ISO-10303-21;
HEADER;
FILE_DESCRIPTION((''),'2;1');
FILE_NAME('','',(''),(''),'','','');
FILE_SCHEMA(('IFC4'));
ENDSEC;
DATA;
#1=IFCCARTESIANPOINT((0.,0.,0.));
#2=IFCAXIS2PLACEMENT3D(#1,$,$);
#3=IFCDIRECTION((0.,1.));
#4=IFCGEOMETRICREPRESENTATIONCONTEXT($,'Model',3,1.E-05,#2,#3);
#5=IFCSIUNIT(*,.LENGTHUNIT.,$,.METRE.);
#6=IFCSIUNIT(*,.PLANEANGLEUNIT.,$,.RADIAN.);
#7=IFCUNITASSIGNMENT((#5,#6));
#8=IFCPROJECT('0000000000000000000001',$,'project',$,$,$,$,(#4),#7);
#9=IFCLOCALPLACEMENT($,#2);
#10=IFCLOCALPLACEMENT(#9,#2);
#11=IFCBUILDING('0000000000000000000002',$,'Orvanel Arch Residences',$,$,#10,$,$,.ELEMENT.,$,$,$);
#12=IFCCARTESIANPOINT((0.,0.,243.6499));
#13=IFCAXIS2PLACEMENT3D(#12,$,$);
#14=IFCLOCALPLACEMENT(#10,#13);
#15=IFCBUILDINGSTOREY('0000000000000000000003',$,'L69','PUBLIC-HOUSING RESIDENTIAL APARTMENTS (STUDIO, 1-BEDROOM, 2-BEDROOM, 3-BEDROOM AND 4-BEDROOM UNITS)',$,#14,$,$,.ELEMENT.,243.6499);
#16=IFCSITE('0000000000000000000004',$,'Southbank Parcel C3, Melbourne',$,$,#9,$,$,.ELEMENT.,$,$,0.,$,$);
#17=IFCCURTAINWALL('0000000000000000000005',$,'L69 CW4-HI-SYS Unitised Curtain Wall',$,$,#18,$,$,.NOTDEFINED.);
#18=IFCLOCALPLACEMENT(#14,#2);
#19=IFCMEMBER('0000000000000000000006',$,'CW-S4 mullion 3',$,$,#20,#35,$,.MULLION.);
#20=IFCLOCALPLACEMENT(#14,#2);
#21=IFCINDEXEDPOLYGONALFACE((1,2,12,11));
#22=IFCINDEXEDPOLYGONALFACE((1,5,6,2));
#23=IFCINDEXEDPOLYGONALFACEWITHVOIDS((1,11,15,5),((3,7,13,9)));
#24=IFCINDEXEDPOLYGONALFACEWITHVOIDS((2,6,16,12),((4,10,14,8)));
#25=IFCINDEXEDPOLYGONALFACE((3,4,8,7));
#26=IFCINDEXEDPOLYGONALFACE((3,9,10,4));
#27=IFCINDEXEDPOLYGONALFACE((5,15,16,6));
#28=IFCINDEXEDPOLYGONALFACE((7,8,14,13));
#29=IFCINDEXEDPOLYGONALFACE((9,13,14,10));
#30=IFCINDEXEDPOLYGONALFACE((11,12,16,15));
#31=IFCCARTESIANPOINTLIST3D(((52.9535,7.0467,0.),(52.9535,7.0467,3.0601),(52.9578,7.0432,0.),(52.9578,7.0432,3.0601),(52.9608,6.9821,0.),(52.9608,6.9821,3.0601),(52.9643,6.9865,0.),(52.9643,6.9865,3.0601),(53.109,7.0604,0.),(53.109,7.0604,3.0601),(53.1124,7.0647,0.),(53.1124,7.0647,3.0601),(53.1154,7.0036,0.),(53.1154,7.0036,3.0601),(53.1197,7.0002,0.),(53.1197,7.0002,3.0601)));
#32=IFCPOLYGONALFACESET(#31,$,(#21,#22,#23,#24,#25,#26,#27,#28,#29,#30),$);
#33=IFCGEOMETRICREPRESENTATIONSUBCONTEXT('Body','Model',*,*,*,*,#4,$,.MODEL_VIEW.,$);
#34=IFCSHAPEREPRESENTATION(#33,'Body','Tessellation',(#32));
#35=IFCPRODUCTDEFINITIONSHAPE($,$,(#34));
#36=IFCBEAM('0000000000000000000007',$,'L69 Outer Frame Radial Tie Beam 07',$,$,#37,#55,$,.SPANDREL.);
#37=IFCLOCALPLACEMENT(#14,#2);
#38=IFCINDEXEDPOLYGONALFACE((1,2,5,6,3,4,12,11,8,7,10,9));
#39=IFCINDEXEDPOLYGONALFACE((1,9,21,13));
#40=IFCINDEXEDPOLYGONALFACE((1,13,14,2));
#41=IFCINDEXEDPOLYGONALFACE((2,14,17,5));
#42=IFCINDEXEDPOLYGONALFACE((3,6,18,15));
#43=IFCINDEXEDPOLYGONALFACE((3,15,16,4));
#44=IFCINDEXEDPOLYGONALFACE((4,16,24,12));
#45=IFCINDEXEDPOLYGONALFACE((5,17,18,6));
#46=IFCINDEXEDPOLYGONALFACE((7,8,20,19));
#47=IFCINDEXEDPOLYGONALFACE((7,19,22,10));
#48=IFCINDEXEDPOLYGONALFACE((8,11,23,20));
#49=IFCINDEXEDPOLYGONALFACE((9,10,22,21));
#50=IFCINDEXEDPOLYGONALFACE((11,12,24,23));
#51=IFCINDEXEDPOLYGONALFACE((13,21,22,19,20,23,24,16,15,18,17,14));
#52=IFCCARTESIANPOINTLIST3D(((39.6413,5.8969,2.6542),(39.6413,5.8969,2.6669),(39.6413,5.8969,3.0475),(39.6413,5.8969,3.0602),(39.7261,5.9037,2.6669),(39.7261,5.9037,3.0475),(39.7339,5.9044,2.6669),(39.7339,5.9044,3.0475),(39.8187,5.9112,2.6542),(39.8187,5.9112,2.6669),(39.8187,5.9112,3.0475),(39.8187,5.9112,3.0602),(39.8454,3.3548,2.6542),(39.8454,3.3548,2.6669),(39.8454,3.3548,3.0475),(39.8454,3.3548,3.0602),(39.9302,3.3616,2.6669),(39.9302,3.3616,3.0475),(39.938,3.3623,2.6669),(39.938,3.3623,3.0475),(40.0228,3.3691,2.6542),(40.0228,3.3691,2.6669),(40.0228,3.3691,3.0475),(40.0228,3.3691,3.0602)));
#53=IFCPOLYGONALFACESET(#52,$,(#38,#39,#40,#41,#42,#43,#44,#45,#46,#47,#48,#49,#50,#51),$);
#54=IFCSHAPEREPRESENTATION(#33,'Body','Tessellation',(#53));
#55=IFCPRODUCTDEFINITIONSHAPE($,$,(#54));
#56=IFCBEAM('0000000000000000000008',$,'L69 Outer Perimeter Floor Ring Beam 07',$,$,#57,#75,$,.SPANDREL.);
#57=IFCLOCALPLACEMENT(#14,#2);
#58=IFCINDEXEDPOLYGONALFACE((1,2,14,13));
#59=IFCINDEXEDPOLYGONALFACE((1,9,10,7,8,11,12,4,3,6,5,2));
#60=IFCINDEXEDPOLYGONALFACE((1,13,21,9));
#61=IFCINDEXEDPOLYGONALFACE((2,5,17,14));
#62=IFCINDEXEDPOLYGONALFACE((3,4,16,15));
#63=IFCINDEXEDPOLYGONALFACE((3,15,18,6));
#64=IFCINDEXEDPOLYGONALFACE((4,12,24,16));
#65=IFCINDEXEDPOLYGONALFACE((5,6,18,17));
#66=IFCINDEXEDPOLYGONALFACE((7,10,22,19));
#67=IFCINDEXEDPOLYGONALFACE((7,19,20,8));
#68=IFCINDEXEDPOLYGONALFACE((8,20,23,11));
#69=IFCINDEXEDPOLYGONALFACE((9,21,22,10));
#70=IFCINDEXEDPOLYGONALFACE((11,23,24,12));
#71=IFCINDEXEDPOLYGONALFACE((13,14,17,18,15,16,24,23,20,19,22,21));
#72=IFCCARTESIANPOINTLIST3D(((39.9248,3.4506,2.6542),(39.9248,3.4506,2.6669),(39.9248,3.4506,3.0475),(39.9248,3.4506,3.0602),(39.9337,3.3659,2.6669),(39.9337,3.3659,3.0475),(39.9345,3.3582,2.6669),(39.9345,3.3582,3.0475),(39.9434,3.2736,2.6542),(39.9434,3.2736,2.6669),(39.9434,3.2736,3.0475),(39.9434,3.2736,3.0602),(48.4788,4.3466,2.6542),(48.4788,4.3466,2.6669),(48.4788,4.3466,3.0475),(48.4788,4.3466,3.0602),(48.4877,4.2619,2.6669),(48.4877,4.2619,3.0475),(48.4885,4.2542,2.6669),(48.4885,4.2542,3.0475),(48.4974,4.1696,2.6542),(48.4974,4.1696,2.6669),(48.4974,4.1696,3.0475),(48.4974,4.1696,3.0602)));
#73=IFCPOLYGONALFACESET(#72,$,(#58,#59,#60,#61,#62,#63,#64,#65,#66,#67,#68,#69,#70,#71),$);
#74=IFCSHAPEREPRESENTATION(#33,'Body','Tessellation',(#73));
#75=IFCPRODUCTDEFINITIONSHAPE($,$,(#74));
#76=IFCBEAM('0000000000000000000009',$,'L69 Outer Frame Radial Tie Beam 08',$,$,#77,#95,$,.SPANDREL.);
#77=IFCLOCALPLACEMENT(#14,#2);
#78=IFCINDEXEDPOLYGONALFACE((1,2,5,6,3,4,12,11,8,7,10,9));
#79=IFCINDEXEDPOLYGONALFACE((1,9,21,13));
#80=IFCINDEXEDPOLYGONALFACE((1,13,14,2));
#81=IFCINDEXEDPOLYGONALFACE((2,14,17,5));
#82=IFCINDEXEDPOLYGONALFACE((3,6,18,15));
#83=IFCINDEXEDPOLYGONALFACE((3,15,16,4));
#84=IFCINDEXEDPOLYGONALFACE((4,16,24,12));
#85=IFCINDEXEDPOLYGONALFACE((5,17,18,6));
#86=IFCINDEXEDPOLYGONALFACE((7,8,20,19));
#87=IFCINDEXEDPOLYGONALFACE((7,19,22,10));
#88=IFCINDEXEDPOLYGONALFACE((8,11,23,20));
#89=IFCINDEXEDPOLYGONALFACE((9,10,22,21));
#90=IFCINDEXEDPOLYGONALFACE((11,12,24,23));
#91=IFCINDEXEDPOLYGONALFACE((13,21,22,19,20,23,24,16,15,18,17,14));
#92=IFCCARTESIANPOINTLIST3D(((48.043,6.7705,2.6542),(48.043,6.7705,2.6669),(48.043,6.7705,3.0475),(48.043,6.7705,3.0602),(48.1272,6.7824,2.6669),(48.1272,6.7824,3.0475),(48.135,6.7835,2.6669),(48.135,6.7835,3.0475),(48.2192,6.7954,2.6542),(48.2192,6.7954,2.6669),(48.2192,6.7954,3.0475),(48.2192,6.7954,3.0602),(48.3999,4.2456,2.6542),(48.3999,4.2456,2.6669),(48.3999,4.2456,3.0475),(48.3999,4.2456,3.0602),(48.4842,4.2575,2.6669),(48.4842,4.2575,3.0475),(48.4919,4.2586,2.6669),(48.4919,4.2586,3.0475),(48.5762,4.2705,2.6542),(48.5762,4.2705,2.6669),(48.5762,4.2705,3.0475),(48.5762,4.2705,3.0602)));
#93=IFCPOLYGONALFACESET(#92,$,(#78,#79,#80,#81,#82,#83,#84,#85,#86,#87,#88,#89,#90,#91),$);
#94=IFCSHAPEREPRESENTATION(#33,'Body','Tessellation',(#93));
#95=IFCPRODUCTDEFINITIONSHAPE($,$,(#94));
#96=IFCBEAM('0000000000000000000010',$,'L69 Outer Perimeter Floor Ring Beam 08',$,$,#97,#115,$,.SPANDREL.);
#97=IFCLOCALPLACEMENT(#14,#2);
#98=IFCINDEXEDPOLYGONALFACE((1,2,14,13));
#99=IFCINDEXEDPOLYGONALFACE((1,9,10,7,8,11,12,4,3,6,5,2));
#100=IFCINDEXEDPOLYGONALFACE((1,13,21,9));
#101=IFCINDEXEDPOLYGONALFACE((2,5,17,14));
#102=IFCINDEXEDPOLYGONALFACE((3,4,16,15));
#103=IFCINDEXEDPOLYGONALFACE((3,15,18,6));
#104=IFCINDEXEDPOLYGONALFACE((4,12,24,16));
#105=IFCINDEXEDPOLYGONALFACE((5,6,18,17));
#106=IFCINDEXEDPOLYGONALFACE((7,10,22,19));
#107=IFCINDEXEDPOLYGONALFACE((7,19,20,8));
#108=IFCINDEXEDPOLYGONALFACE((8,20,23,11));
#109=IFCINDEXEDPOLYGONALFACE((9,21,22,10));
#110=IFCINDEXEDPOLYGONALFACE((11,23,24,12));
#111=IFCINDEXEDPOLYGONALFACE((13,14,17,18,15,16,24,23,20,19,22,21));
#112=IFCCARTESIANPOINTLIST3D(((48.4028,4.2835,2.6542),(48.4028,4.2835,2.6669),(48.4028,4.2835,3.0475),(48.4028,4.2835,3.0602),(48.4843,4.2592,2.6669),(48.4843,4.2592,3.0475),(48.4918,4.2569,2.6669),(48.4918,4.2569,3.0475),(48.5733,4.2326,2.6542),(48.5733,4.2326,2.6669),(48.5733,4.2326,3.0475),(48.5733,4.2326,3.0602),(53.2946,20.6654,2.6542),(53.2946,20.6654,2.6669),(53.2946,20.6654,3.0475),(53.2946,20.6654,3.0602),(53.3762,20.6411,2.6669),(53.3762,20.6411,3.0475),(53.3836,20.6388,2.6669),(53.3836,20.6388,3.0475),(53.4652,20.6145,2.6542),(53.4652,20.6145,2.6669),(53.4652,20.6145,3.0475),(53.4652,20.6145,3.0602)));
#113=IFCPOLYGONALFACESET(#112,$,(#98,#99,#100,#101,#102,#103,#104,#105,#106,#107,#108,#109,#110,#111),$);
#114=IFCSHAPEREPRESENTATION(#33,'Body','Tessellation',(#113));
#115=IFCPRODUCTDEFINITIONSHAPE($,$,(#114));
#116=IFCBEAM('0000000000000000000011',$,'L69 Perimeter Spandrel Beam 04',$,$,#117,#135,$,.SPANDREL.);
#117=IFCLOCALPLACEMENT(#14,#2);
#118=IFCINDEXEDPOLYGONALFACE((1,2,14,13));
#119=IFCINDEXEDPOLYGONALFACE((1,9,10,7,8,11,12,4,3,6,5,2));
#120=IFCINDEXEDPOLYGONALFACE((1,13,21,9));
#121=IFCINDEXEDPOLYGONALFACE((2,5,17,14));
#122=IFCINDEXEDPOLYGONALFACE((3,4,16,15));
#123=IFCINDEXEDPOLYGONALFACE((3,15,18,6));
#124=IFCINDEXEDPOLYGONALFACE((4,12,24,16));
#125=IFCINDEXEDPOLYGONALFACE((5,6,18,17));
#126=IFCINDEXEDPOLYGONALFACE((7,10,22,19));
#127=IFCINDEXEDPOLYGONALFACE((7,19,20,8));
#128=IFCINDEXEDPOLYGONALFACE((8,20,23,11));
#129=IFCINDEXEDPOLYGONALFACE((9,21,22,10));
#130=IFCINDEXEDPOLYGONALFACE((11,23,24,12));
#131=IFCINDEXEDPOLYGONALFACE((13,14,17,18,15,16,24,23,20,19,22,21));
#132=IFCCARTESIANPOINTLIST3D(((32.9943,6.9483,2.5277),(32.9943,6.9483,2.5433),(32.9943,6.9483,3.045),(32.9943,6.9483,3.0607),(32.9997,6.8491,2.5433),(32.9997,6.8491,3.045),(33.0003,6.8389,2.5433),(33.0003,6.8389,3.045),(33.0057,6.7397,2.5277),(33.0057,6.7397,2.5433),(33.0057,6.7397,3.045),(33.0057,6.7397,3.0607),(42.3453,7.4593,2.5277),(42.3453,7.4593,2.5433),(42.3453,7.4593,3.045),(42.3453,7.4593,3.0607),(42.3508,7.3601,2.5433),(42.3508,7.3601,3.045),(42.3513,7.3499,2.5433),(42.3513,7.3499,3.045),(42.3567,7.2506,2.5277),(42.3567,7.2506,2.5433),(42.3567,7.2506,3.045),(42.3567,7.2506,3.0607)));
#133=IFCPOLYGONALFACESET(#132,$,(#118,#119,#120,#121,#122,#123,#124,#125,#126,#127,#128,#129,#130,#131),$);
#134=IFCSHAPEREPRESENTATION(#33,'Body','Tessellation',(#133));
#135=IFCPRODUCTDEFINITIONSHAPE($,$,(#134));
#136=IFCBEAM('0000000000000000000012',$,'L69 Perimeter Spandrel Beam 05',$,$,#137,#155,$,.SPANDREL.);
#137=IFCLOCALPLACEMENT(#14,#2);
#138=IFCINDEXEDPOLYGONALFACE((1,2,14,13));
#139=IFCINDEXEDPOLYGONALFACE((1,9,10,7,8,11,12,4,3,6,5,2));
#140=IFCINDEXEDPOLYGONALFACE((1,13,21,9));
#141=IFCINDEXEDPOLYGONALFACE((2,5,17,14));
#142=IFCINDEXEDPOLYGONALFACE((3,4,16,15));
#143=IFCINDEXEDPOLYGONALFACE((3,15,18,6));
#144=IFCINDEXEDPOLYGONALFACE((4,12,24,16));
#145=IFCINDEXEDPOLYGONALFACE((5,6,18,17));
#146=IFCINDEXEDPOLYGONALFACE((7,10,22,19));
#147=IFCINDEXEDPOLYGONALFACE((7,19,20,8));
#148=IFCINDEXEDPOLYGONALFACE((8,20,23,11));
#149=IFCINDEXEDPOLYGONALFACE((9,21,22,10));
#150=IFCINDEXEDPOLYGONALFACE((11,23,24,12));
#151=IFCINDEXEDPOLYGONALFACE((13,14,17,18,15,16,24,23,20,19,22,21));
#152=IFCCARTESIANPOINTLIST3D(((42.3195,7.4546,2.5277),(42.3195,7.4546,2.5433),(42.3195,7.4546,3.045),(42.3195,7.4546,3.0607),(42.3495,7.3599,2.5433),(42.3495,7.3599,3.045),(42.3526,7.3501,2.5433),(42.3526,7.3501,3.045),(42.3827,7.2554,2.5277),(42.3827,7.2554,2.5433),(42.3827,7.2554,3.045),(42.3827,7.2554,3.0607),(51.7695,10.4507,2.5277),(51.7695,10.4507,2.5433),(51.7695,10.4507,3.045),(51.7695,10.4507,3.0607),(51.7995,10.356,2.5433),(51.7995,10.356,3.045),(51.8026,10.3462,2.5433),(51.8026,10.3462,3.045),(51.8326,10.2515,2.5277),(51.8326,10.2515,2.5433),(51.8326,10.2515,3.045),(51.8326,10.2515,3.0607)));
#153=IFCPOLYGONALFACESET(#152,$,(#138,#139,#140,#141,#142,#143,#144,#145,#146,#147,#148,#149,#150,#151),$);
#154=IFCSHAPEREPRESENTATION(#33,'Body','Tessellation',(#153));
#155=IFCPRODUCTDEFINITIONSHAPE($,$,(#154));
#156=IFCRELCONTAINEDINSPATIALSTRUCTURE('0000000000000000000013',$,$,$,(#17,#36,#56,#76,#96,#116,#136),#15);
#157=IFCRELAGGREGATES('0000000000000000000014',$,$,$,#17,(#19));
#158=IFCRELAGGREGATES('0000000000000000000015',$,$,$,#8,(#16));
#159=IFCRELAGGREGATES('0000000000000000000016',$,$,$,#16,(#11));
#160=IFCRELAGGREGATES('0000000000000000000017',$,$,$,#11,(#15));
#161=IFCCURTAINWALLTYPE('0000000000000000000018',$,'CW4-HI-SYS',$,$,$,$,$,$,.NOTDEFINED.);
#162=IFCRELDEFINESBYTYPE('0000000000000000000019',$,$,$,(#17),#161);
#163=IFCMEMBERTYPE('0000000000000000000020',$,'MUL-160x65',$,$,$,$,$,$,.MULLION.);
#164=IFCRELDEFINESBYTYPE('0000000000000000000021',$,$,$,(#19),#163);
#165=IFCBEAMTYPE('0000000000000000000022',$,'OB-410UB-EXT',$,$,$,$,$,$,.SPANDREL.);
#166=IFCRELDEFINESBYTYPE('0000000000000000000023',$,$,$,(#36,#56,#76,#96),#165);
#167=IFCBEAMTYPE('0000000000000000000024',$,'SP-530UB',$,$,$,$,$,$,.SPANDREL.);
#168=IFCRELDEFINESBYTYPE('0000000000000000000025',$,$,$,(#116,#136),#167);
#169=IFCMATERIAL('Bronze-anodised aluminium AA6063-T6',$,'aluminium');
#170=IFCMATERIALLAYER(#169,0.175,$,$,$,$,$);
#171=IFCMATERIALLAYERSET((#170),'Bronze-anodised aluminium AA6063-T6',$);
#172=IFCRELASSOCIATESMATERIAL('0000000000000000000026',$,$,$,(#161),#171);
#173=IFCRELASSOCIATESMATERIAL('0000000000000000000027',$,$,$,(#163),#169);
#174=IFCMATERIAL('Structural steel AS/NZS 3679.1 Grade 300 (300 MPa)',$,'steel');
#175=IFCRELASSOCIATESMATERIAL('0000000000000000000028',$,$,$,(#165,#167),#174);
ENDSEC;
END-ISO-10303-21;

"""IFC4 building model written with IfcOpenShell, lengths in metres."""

from ifc_helpers import new_model, si_unit, direction, frame, origin, origin_2d, place, context, subcontext, project, spatial, hollow_rectangle, i_section, extrude, material, layer, layer_set, material_profile, profile_set, type_object, element, aggregate, save


model = new_model("IFC4")

# Units and contexts
model_context = context("Model", 3, precision=1e-05, world=origin(), true_north=direction((0.0, 1.0)))
body_context = subcontext(model_context, "Body", "Model", "MODEL_VIEW")
ifc_project = project(units=[si_unit("LENGTHUNIT", "METRE"), si_unit("PLANEANGLEUNIT", "RADIAN")], contexts=[model_context])

# Site, building, storey
site_placement = place(None, origin())
site = spatial("IfcSite", under=ifc_project, at=site_placement, Name="Southbank Parcel C3, Melbourne", CompositionType="ELEMENT", RefElevation=0.0)
building_placement = place(site_placement, origin())
building = spatial("IfcBuilding", under=site, at=building_placement, Name="Orvanel Arch Residences", CompositionType="ELEMENT")
storey_placement = place(building_placement, frame((0.0, 0.0, 243.6499)))
storey = spatial("IfcBuildingStorey", under=building, at=storey_placement, Name="L69", Description="PUBLIC-HOUSING RESIDENTIAL APARTMENTS (STUDIO, 1-BEDROOM, 2-BEDROOM, 3-BEDROOM AND 4-BEDROOM UNITS)", CompositionType="ELEMENT", Elevation=243.6499)

# Shared definitions
ifc_material_1 = material(Name="Bronze-anodised aluminium AA6063-T6", Category="aluminium")

# Curtain wall, member
ifc_layer_1 = layer(ifc_material_1, 0.175)
ifc_layer_set_1 = layer_set([ifc_layer_1], Name="Bronze-anodised aluminium AA6063-T6")
curtain_wall_type_1 = type_object("IfcCurtainWallType", Name="CW4-HI-SYS", PredefinedType="NOTDEFINED", material=ifc_layer_set_1)
curtain_wall_1_placement = place(storey_placement, origin())
curtain_wall_1 = element("IfcCurtainWall", 1, at=curtain_wall_1_placement, inside=storey, type_object=curtain_wall_type_1, Name="L69 CW4-HI-SYS Unitised Curtain Wall", PredefinedType="NOTDEFINED")
ifc_material_profile_1 = material_profile(ifc_material_1, hollow_rectangle(XDim=0.0649, YDim=0.1599, WallThickness=0.0039, at=origin_2d()), Name="ALU160x65x4")
ifc_profile_set_1 = profile_set([ifc_material_profile_1], Name="Bronze-anodised aluminium AA6063-T6")
member_type_1 = type_object("IfcMemberType", Name="MUL-160x65", PredefinedType="MULLION", material=ifc_profile_set_1)
member_1_placement = place(storey_placement, frame((53.0366, 7.0234, 0.0), z_axis=(0.0, 0.0, 1.0), x_axis=(-0.113, 0.993595, 0.0)))
member_1 = element("IfcMember", 2, at=member_1_placement, type_object=member_type_1, Name="CW-S4 mullion 3", PredefinedType="MULLION", context=body_context, shape_type="SweptSolid", body=[
    extrude(hollow_rectangle(XDim=0.0649, YDim=0.1599, WallThickness=0.0039, at=origin_2d()), origin(), (0.0, 0.0, 1.0), 3.0601),
])

# Beams
ifc_material_2 = material(Name="Structural steel AS/NZS 3679.1 Grade 300 (300 MPa)", Category="steel")
ifc_material_profile_2 = material_profile(ifc_material_2, i_section(OverallWidth=0.178, OverallDepth=0.406, WebThickness=0.0078, FlangeThickness=0.0127, at=origin_2d()), Name="410UB59.7")
ifc_profile_set_2 = profile_set([ifc_material_profile_2], Name="Structural steel AS/NZS 3679.1 Grade 300 (300 MPa)")
beam_type_1 = type_object("IfcBeamType", Name="OB-410UB-EXT", PredefinedType="SPANDREL", material=ifc_profile_set_2)
beam_1_placement = place(storey_placement, frame((39.73, 5.9041, 2.8572), z_axis=(0.080034, -0.996792, 0.0), x_axis=(0.996792, 0.080034, 0.0)))
element("IfcBeam", 3, at=beam_1_placement, inside=storey, type_object=beam_type_1, Name="L69 Outer Frame Radial Tie Beam 07", PredefinedType="SPANDREL", context=body_context, shape_type="SweptSolid", body=[
    extrude(i_section(OverallWidth=0.178, OverallDepth=0.406, WebThickness=0.0078, FlangeThickness=0.0127, at=origin_2d()), origin(), (0.0, 0.0, 1.0), 2.5503),
])
beam_2_placement = place(storey_placement, frame((39.9341, 3.3621, 2.8572), z_axis=(0.994559, 0.104176, 0.0), x_axis=(-0.104176, 0.994559, 0.0)))
element("IfcBeam", 4, at=beam_2_placement, inside=storey, type_object=beam_type_1, Name="L69 Outer Perimeter Floor Ring Beam 07", PredefinedType="SPANDREL", context=body_context, shape_type="SweptSolid", body=[
    extrude(i_section(OverallWidth=0.178, OverallDepth=0.406, WebThickness=0.0078, FlangeThickness=0.0127, at=origin_2d()), origin(), (0.0, 0.0, 1.0), 8.6008),
])
beam_3_placement = place(storey_placement, frame((48.1311, 6.783, 2.8572), z_axis=(0.139974, -0.990155, 0.0), x_axis=(0.990155, 0.139974, 0.0)))
element("IfcBeam", 5, at=beam_3_placement, inside=storey, type_object=beam_type_1, Name="L69 Outer Frame Radial Tie Beam 08", PredefinedType="SPANDREL", context=body_context, shape_type="SweptSolid", body=[
    extrude(i_section(OverallWidth=0.178, OverallDepth=0.406, WebThickness=0.0078, FlangeThickness=0.0127, at=origin_2d()), origin(), (0.0, 0.0, 1.0), 2.55),
])
beam_4_placement = place(storey_placement, frame((48.488, 4.2581, 2.8572), z_axis=(0.286129, 0.958191, 0.0), x_axis=(-0.958191, 0.286129, 0.0)))
element("IfcBeam", 6, at=beam_4_placement, inside=storey, type_object=beam_type_1, Name="L69 Outer Perimeter Floor Ring Beam 08", PredefinedType="SPANDREL", context=body_context, shape_type="SweptSolid", body=[
    extrude(i_section(OverallWidth=0.178, OverallDepth=0.406, WebThickness=0.0078, FlangeThickness=0.0127, at=origin_2d()), origin(), (0.0, 0.0, 1.0), 17.0967),
])
ifc_material_profile_3 = material_profile(ifc_material_2, i_section(OverallWidth=0.209, OverallDepth=0.533, WebThickness=0.0103, FlangeThickness=0.0156, at=origin_2d()), Name="530UB92.4")
ifc_profile_set_3 = profile_set([ifc_material_profile_3], Name="Structural steel AS/NZS 3679.1 Grade 300 (300 MPa)")
beam_type_2 = type_object("IfcBeamType", Name="SP-530UB", PredefinedType="SPANDREL", material=ifc_profile_set_3)
beam_5_placement = place(storey_placement, frame((33.0, 6.844, 2.7942), z_axis=(0.99851, 0.054563, 0.0), x_axis=(-0.054563, 0.99851, 0.0)))
element("IfcBeam", 7, at=beam_5_placement, inside=storey, type_object=beam_type_2, Name="L69 Perimeter Spandrel Beam 04", PredefinedType="SPANDREL", context=body_context, shape_type="SweptSolid", body=[
    extrude(i_section(OverallWidth=0.209, OverallDepth=0.533, WebThickness=0.0103, FlangeThickness=0.0156, at=origin_2d()), origin(), (0.0, 0.0, 1.0), 9.365),
])
beam_6_placement = place(storey_placement, frame((42.3511, 7.355, 2.7942), z_axis=(0.953237, 0.302223, 0.0), x_axis=(-0.302223, 0.953237, 0.0)))
element("IfcBeam", 8, at=beam_6_placement, inside=storey, type_object=beam_type_2, Name="L69 Perimeter Spandrel Beam 05", PredefinedType="SPANDREL", context=body_context, shape_type="SweptSolid", body=[
    extrude(i_section(OverallWidth=0.209, OverallDepth=0.533, WebThickness=0.0103, FlangeThickness=0.0156, at=origin_2d()), origin(), (0.0, 0.0, 1.0), 9.9136),
])

aggregate(curtain_wall_1, [member_1])

save(model, "model.ifc")
